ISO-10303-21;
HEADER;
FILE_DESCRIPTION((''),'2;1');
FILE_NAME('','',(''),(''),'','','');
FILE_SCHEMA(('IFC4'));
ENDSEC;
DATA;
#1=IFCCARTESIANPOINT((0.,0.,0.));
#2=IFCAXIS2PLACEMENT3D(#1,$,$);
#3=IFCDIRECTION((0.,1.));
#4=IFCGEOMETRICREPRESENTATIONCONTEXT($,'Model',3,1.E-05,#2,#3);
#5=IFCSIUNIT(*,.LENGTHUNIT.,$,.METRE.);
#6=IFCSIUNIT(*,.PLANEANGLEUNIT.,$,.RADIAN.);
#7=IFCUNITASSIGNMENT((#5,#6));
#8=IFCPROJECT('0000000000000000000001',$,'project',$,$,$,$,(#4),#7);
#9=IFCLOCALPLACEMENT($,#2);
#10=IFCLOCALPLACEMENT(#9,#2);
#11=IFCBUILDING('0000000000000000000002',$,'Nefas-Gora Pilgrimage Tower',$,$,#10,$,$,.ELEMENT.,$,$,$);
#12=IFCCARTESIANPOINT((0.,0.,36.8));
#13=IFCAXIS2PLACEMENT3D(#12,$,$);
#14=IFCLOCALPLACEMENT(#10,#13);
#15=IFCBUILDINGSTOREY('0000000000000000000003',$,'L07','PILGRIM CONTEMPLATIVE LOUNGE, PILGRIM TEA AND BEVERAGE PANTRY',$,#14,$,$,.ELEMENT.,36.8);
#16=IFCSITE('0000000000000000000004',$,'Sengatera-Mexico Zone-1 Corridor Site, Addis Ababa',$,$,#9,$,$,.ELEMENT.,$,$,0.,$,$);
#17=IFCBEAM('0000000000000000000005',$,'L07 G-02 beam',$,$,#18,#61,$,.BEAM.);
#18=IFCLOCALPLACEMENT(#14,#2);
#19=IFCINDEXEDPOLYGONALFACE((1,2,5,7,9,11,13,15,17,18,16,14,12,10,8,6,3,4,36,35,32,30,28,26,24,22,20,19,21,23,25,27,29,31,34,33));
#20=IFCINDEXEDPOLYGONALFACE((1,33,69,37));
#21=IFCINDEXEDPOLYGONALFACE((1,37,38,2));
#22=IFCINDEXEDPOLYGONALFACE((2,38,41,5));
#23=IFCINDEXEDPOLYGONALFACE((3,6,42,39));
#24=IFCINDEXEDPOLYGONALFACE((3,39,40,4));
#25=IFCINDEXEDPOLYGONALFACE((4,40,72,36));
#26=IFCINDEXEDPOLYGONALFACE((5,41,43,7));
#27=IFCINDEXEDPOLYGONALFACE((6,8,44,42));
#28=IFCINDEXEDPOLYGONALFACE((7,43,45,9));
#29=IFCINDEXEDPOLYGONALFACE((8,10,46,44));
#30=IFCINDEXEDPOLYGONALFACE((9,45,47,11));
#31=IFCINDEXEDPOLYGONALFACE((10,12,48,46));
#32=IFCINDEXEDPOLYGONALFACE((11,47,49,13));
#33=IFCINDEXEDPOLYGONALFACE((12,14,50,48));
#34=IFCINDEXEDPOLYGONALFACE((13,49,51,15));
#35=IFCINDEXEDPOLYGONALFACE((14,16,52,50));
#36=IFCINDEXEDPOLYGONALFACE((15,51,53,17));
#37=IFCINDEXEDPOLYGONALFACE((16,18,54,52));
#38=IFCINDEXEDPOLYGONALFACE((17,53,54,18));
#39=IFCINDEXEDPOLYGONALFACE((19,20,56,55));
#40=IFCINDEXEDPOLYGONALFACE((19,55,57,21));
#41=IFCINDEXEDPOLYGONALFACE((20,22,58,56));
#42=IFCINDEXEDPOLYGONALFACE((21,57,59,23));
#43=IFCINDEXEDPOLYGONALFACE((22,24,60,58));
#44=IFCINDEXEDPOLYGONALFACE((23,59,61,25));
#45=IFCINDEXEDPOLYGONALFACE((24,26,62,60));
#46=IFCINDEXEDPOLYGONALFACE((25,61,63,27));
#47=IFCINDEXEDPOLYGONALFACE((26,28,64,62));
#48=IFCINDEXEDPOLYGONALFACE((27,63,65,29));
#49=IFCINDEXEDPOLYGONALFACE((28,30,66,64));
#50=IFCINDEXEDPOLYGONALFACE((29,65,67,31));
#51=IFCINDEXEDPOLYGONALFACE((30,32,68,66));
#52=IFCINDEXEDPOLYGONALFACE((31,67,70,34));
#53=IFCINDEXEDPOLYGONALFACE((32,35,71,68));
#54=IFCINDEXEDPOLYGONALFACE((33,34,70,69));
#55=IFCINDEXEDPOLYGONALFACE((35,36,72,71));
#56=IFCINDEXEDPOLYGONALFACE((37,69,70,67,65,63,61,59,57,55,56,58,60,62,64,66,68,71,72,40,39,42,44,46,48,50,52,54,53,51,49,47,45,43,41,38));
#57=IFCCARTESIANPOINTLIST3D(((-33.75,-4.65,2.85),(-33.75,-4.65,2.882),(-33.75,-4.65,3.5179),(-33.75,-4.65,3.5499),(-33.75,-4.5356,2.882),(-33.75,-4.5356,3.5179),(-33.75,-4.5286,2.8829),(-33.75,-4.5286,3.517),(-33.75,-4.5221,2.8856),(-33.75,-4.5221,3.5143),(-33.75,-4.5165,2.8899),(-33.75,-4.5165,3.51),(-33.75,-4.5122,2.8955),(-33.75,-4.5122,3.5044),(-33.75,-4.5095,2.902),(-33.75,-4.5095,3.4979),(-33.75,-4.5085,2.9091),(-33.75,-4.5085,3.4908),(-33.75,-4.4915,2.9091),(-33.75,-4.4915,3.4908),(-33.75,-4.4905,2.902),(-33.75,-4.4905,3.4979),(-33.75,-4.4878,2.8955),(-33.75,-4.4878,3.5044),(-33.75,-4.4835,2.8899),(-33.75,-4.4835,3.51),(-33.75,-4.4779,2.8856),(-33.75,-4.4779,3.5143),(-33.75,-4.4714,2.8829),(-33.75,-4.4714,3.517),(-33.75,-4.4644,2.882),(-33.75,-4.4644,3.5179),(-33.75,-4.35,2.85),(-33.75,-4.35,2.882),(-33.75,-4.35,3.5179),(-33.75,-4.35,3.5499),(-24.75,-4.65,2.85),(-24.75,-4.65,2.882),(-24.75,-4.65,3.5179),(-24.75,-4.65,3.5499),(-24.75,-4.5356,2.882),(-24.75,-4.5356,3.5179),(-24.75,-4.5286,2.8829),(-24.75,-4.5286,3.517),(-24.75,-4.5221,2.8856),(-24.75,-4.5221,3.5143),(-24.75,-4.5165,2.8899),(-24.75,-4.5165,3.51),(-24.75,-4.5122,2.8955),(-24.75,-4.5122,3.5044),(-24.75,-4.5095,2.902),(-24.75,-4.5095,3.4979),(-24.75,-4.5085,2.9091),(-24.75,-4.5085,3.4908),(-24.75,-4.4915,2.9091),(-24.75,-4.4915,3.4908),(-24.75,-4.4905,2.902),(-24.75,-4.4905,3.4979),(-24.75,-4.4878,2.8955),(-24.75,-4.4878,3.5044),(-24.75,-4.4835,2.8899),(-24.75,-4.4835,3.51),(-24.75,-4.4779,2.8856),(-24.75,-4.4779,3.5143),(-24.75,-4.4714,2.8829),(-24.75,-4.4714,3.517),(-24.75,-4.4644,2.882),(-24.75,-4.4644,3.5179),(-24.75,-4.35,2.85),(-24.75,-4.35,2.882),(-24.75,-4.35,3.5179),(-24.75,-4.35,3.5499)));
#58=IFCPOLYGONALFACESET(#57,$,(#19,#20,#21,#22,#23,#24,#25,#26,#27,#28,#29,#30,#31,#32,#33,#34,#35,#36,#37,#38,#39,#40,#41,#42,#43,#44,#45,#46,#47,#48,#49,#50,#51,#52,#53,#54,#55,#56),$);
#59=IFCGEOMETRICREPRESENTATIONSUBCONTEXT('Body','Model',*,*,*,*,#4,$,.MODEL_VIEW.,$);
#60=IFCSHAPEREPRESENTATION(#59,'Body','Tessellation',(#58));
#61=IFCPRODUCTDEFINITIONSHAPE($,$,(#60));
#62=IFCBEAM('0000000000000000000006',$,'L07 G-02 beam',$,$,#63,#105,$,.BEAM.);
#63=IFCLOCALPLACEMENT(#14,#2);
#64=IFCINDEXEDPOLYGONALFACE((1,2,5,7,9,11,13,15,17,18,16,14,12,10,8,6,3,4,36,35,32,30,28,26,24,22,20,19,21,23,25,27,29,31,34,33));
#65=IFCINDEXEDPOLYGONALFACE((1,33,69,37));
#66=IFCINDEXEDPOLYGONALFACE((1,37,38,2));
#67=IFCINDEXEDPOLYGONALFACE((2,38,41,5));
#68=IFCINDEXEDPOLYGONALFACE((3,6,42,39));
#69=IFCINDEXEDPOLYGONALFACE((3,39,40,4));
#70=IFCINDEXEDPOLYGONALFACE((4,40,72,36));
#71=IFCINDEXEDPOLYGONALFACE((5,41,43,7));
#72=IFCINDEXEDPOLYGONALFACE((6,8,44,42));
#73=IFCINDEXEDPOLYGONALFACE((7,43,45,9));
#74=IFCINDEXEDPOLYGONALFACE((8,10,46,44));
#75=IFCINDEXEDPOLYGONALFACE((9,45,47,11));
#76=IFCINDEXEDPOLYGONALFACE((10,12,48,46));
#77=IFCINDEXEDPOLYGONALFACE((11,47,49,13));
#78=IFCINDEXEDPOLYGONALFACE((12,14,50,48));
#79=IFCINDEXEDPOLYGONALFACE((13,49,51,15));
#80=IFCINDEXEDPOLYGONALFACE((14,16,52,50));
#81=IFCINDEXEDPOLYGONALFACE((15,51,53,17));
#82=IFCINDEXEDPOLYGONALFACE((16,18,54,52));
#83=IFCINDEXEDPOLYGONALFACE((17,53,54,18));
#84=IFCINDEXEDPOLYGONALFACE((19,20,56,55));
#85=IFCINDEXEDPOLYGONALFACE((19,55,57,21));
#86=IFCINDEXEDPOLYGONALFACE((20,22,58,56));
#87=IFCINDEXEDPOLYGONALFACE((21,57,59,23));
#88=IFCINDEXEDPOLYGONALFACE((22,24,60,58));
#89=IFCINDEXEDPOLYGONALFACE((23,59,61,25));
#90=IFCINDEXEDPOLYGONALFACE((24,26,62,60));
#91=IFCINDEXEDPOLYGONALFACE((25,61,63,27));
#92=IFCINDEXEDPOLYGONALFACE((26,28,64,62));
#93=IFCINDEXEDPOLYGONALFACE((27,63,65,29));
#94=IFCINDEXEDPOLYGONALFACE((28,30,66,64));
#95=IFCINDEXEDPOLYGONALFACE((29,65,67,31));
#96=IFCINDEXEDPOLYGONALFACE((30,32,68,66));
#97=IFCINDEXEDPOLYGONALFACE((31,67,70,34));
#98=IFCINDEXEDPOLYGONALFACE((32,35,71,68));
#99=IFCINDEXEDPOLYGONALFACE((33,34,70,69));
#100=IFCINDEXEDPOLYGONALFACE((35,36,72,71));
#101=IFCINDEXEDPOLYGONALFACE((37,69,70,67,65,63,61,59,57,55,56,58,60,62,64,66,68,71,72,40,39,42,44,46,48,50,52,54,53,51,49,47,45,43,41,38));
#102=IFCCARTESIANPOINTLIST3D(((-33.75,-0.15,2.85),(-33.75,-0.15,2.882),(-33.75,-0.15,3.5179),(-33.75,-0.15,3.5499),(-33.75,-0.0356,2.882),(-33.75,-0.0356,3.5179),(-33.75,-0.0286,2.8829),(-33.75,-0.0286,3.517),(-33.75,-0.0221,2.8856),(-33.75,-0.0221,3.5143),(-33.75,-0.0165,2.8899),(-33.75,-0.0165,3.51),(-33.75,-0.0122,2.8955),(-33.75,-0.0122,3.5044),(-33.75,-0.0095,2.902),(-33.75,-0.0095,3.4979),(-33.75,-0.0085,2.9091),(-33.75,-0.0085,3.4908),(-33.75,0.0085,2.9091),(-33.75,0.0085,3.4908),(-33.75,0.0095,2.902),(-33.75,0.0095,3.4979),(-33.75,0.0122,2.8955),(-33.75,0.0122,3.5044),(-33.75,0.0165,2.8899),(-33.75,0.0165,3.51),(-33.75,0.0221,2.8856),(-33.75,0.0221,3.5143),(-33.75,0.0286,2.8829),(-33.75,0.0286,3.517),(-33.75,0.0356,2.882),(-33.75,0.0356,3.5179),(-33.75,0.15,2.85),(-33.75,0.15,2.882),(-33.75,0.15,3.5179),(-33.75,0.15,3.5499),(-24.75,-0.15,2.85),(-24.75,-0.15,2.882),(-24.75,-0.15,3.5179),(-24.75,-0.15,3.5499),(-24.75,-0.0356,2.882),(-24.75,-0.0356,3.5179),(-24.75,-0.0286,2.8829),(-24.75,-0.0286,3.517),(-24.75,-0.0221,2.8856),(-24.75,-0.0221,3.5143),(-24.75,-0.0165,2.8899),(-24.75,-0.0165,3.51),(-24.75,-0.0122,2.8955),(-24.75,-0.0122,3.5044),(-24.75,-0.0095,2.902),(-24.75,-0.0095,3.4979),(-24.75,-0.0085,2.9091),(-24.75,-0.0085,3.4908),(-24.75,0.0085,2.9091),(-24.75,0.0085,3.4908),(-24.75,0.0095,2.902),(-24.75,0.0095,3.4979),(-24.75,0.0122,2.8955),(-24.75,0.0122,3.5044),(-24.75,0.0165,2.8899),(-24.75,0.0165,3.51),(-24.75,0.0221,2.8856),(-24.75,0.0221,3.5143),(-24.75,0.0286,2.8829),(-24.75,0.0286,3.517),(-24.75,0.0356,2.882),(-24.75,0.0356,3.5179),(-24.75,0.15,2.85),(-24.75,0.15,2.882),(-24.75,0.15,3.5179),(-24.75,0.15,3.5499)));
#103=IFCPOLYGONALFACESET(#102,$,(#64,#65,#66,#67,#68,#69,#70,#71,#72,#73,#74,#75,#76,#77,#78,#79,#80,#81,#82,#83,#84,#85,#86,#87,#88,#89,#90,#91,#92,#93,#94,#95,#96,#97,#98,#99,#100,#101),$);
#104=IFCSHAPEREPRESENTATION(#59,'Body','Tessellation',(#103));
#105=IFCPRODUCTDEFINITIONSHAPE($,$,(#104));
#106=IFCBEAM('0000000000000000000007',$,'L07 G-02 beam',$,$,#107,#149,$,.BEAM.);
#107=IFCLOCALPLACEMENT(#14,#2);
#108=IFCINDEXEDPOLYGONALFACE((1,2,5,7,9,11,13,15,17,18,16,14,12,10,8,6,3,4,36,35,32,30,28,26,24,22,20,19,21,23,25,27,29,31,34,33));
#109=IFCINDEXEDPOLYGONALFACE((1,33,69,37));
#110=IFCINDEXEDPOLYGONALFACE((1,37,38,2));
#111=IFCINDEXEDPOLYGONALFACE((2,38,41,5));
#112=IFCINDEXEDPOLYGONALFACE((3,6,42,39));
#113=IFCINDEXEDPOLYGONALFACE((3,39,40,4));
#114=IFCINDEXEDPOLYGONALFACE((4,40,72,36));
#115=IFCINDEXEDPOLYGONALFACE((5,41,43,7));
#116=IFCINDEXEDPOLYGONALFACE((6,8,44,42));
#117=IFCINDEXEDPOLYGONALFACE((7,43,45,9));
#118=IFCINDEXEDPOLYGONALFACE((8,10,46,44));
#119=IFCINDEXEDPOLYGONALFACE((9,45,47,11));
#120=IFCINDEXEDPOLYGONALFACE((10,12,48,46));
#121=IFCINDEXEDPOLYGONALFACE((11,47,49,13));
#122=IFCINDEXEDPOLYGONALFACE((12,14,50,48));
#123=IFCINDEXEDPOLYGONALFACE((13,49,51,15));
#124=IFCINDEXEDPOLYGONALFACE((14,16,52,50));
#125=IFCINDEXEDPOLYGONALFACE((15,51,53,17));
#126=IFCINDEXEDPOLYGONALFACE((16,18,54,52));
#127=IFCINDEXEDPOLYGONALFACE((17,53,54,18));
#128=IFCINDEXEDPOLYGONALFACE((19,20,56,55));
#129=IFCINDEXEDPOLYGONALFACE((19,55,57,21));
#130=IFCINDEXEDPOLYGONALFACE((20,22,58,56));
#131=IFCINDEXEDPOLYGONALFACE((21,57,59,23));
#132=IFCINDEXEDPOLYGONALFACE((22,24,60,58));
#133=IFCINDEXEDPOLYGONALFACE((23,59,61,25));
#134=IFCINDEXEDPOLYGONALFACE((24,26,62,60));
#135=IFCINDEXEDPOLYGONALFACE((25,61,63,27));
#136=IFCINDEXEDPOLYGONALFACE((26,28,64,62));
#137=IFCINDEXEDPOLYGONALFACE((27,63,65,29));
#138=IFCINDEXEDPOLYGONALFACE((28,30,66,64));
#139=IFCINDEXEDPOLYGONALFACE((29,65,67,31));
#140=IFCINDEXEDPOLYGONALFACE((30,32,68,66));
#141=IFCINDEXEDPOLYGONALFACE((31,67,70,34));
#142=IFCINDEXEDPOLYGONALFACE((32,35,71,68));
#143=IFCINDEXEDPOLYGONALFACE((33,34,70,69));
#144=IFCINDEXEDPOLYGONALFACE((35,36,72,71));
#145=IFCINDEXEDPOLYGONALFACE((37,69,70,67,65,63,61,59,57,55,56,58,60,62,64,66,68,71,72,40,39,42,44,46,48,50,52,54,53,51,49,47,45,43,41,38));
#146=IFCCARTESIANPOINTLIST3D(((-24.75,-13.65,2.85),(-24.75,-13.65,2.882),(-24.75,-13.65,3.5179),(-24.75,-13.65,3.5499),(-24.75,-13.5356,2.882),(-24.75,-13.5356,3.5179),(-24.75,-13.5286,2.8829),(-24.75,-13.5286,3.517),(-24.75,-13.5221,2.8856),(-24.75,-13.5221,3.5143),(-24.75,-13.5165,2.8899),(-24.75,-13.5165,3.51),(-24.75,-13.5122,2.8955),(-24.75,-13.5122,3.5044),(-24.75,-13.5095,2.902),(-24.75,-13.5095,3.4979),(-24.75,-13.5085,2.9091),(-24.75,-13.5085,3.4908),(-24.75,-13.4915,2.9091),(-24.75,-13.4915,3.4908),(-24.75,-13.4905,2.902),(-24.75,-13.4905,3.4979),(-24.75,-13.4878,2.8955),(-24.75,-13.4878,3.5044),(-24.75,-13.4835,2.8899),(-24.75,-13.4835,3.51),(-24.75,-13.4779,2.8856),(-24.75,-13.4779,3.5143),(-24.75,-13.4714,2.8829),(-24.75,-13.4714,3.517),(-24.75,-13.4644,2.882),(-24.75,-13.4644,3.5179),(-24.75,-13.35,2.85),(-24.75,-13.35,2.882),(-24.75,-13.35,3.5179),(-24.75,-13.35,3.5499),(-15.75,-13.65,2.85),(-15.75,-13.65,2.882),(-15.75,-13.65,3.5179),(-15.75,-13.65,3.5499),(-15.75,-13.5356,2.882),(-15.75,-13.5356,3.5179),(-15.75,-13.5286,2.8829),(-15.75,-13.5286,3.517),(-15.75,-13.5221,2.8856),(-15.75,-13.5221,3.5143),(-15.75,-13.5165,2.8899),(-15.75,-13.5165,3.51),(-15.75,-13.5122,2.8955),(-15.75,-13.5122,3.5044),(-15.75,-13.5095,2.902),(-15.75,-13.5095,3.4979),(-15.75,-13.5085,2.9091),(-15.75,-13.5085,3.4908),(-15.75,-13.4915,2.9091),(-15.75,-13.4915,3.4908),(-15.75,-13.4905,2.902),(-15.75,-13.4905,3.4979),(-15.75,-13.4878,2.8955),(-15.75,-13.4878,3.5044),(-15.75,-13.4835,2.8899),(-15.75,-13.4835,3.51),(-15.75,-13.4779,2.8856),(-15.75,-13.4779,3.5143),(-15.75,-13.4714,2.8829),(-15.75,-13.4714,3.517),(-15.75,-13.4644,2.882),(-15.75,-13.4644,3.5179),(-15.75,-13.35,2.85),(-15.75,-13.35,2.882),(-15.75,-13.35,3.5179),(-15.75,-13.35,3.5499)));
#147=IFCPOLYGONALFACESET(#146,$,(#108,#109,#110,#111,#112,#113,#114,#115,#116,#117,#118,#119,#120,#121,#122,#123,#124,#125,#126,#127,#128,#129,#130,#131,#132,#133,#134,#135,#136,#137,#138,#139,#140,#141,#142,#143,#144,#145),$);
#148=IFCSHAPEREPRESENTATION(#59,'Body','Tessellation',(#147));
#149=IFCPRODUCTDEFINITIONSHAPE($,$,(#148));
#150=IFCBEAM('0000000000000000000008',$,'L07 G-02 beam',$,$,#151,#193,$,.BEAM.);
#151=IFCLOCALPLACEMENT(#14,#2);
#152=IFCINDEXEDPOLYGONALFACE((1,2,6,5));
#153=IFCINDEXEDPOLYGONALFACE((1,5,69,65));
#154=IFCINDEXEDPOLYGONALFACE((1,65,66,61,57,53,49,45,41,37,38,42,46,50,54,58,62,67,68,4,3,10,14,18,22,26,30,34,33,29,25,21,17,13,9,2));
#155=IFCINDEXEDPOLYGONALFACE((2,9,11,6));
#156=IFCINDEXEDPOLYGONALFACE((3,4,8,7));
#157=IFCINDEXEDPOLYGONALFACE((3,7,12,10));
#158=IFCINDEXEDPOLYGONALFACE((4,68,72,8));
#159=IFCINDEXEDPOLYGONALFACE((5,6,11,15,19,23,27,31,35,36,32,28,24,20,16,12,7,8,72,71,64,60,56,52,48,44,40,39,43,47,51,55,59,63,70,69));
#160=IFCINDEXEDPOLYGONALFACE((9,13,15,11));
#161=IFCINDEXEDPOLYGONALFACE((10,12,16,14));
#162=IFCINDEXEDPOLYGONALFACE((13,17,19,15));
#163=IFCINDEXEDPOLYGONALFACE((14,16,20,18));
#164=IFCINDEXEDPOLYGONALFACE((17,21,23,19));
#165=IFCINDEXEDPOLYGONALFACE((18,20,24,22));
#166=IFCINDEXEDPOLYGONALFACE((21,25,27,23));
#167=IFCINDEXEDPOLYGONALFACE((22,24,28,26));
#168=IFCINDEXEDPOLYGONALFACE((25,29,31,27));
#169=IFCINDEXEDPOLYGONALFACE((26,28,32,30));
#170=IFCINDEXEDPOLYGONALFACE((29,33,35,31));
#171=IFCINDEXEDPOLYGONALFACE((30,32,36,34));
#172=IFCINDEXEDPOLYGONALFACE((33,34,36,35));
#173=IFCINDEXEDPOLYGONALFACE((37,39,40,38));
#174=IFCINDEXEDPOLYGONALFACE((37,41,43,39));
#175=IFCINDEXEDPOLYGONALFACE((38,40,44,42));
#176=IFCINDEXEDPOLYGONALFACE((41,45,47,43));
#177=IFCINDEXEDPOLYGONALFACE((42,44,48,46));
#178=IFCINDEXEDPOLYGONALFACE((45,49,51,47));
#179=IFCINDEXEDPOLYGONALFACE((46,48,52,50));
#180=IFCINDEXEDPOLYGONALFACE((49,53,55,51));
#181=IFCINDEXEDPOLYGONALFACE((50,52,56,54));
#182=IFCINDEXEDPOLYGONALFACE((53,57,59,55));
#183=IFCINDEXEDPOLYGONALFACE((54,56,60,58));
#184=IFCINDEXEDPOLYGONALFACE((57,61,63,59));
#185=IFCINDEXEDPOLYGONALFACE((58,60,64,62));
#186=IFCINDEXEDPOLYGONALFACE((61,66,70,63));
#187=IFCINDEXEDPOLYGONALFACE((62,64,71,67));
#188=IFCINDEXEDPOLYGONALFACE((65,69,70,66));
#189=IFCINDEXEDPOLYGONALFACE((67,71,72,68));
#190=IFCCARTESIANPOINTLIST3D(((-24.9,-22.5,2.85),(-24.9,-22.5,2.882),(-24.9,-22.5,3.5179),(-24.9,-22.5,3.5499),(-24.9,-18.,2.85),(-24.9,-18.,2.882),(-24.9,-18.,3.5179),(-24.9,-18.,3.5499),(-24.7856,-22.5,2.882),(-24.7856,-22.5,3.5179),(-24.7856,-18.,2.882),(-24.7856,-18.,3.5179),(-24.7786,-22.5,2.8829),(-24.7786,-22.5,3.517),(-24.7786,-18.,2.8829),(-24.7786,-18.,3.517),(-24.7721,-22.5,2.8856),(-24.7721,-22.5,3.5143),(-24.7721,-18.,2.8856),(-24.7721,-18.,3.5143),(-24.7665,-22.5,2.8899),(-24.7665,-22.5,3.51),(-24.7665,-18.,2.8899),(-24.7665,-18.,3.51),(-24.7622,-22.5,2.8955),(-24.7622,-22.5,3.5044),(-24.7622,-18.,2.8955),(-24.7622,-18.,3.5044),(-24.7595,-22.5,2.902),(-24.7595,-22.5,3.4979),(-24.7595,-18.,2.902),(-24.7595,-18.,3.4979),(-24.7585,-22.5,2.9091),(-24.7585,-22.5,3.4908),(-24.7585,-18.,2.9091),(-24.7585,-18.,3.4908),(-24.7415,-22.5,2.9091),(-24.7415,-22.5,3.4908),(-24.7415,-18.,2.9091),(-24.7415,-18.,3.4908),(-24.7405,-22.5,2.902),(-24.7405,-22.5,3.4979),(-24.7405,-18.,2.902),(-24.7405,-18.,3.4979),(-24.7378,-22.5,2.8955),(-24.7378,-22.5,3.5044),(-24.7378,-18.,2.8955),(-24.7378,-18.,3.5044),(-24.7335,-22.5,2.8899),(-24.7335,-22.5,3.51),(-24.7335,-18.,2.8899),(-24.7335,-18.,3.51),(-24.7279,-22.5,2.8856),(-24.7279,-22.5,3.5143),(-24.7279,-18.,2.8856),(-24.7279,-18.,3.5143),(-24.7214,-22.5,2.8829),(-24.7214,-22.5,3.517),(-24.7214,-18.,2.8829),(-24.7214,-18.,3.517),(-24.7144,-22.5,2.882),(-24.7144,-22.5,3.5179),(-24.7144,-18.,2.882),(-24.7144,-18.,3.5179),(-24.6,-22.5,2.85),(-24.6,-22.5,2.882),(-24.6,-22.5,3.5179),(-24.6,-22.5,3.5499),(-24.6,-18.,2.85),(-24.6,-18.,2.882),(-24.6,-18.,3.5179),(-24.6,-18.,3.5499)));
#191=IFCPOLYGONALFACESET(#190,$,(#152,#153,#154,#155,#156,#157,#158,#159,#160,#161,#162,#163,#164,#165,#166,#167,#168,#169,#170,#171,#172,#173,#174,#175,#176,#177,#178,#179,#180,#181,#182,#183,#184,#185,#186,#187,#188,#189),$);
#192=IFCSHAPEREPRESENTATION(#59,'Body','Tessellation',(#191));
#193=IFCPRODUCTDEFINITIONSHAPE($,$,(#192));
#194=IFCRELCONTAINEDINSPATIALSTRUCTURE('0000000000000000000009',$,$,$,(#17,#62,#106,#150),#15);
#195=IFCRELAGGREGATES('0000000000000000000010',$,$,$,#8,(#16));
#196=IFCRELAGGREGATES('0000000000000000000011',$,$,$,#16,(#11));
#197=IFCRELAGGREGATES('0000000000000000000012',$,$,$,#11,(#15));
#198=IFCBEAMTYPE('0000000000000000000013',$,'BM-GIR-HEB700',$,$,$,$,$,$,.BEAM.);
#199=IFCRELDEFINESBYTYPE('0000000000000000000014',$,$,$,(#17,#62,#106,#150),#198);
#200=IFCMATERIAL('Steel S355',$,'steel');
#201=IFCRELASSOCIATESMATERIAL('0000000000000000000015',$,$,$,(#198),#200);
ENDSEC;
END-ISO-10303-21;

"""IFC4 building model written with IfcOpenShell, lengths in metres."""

from ifc_helpers import new_model, si_unit, direction, frame, origin, origin_2d, place, context, subcontext, project, spatial, i_section, extrude, source, transform, mapped, material, material_profile, profile_set, type_object, element, save


model = new_model("IFC4")

# Units and contexts
model_context = context("Model", 3, precision=1e-05, world=origin(), true_north=direction((0.0, 1.0)))
body_context = subcontext(model_context, "Body", "Model", "MODEL_VIEW")
ifc_project = project(units=[si_unit("LENGTHUNIT", "METRE"), si_unit("PLANEANGLEUNIT", "RADIAN")], contexts=[model_context])

# Site, building, storey
site_placement = place(None, origin())
site = spatial("IfcSite", under=ifc_project, at=site_placement, Name="Sengatera-Mexico Zone-1 Corridor Site, Addis Ababa", CompositionType="ELEMENT", RefElevation=0.0)
building_placement = place(site_placement, origin())
building = spatial("IfcBuilding", under=site, at=building_placement, Name="Nefas-Gora Pilgrimage Tower", CompositionType="ELEMENT")
storey_placement = place(building_placement, frame((0.0, 0.0, 36.8)))
storey = spatial("IfcBuildingStorey", under=building, at=storey_placement, Name="L07", Description="PILGRIM CONTEMPLATIVE LOUNGE, PILGRIM TEA AND BEVERAGE PANTRY", CompositionType="ELEMENT", Elevation=36.8)

# Beams
ifc_material_1 = material(Name="Steel S355", Category="steel")
ifc_material_profile_1 = material_profile(ifc_material_1, i_section(OverallWidth=0.3, OverallDepth=0.7, WebThickness=0.0171, FlangeThickness=0.032, FilletRadius=0.0271, at=origin_2d()), Name="HEB 700")
ifc_profile_set_1 = profile_set([ifc_material_profile_1], Name="Steel S355")
beam_type_1 = type_object("IfcBeamType", Name="BM-GIR-HEB700", PredefinedType="BEAM", material=ifc_profile_set_1)
shared_shape_1 = source(origin(), body_context, "Body", "SweptSolid", [
    extrude(i_section(OverallWidth=0.3, OverallDepth=0.7, WebThickness=0.0171, FlangeThickness=0.032, FilletRadius=0.0271, at=origin_2d()), origin(), (0.0, 0.0, 1.0), 9.0),
])
for number, where, z_axis, x_axis, name in (
    (1, (-33.75, -4.5, 3.2), (1.0, 0.0, 0.0), (0.0, 1.0, 0.0), "L07 G-02 beam"),
    (2, (-33.75, 0.0, 3.2), (1.0, 0.0, 0.0), (0.0, 1.0, 0.0), "L07 G-02 beam"),
    (3, (-24.75, -13.5, 3.2), (1.0, 0.0, 0.0), (0.0, 1.0, 0.0), "L07 G-02 beam"),
):
    element("IfcBeam", number, at=place(storey_placement, frame(where, z_axis=z_axis, x_axis=x_axis)), inside=storey, type_object=beam_type_1, Name=name, PredefinedType="BEAM", context=body_context, shape_type="MappedRepresentation", body=[
        mapped(shared_shape_1, transform((0.0, 0.0, 0.0), x_axis=(1.0, 0.0, 0.0), y_axis=(0.0, 1.0, 0.0), z_axis=(0.0, 0.0, 1.0), scale=1.0)),
    ])
shared_shape_2 = source(origin(), body_context, "Body", "SweptSolid", [
    extrude(i_section(OverallWidth=0.3, OverallDepth=0.7, WebThickness=0.0171, FlangeThickness=0.032, FilletRadius=0.0271, at=origin_2d()), origin(), (0.0, 0.0, 1.0), 4.5),
])
for number, where, z_axis, x_axis, name in (
    (4, (-24.75, -22.5, 3.2), (0.0, 1.0, 0.0), (-1.0, 0.0, 0.0), "L07 G-02 beam"),
):
    element("IfcBeam", number, at=place(storey_placement, frame(where, z_axis=z_axis, x_axis=x_axis)), inside=storey, type_object=beam_type_1, Name=name, PredefinedType="BEAM", context=body_context, shape_type="MappedRepresentation", body=[
        mapped(shared_shape_2, transform((0.0, 0.0, 0.0), x_axis=(1.0, 0.0, 0.0), y_axis=(0.0, 1.0, 0.0), z_axis=(0.0, 0.0, 1.0), scale=1.0)),
    ])

save(model, "model.ifc")
